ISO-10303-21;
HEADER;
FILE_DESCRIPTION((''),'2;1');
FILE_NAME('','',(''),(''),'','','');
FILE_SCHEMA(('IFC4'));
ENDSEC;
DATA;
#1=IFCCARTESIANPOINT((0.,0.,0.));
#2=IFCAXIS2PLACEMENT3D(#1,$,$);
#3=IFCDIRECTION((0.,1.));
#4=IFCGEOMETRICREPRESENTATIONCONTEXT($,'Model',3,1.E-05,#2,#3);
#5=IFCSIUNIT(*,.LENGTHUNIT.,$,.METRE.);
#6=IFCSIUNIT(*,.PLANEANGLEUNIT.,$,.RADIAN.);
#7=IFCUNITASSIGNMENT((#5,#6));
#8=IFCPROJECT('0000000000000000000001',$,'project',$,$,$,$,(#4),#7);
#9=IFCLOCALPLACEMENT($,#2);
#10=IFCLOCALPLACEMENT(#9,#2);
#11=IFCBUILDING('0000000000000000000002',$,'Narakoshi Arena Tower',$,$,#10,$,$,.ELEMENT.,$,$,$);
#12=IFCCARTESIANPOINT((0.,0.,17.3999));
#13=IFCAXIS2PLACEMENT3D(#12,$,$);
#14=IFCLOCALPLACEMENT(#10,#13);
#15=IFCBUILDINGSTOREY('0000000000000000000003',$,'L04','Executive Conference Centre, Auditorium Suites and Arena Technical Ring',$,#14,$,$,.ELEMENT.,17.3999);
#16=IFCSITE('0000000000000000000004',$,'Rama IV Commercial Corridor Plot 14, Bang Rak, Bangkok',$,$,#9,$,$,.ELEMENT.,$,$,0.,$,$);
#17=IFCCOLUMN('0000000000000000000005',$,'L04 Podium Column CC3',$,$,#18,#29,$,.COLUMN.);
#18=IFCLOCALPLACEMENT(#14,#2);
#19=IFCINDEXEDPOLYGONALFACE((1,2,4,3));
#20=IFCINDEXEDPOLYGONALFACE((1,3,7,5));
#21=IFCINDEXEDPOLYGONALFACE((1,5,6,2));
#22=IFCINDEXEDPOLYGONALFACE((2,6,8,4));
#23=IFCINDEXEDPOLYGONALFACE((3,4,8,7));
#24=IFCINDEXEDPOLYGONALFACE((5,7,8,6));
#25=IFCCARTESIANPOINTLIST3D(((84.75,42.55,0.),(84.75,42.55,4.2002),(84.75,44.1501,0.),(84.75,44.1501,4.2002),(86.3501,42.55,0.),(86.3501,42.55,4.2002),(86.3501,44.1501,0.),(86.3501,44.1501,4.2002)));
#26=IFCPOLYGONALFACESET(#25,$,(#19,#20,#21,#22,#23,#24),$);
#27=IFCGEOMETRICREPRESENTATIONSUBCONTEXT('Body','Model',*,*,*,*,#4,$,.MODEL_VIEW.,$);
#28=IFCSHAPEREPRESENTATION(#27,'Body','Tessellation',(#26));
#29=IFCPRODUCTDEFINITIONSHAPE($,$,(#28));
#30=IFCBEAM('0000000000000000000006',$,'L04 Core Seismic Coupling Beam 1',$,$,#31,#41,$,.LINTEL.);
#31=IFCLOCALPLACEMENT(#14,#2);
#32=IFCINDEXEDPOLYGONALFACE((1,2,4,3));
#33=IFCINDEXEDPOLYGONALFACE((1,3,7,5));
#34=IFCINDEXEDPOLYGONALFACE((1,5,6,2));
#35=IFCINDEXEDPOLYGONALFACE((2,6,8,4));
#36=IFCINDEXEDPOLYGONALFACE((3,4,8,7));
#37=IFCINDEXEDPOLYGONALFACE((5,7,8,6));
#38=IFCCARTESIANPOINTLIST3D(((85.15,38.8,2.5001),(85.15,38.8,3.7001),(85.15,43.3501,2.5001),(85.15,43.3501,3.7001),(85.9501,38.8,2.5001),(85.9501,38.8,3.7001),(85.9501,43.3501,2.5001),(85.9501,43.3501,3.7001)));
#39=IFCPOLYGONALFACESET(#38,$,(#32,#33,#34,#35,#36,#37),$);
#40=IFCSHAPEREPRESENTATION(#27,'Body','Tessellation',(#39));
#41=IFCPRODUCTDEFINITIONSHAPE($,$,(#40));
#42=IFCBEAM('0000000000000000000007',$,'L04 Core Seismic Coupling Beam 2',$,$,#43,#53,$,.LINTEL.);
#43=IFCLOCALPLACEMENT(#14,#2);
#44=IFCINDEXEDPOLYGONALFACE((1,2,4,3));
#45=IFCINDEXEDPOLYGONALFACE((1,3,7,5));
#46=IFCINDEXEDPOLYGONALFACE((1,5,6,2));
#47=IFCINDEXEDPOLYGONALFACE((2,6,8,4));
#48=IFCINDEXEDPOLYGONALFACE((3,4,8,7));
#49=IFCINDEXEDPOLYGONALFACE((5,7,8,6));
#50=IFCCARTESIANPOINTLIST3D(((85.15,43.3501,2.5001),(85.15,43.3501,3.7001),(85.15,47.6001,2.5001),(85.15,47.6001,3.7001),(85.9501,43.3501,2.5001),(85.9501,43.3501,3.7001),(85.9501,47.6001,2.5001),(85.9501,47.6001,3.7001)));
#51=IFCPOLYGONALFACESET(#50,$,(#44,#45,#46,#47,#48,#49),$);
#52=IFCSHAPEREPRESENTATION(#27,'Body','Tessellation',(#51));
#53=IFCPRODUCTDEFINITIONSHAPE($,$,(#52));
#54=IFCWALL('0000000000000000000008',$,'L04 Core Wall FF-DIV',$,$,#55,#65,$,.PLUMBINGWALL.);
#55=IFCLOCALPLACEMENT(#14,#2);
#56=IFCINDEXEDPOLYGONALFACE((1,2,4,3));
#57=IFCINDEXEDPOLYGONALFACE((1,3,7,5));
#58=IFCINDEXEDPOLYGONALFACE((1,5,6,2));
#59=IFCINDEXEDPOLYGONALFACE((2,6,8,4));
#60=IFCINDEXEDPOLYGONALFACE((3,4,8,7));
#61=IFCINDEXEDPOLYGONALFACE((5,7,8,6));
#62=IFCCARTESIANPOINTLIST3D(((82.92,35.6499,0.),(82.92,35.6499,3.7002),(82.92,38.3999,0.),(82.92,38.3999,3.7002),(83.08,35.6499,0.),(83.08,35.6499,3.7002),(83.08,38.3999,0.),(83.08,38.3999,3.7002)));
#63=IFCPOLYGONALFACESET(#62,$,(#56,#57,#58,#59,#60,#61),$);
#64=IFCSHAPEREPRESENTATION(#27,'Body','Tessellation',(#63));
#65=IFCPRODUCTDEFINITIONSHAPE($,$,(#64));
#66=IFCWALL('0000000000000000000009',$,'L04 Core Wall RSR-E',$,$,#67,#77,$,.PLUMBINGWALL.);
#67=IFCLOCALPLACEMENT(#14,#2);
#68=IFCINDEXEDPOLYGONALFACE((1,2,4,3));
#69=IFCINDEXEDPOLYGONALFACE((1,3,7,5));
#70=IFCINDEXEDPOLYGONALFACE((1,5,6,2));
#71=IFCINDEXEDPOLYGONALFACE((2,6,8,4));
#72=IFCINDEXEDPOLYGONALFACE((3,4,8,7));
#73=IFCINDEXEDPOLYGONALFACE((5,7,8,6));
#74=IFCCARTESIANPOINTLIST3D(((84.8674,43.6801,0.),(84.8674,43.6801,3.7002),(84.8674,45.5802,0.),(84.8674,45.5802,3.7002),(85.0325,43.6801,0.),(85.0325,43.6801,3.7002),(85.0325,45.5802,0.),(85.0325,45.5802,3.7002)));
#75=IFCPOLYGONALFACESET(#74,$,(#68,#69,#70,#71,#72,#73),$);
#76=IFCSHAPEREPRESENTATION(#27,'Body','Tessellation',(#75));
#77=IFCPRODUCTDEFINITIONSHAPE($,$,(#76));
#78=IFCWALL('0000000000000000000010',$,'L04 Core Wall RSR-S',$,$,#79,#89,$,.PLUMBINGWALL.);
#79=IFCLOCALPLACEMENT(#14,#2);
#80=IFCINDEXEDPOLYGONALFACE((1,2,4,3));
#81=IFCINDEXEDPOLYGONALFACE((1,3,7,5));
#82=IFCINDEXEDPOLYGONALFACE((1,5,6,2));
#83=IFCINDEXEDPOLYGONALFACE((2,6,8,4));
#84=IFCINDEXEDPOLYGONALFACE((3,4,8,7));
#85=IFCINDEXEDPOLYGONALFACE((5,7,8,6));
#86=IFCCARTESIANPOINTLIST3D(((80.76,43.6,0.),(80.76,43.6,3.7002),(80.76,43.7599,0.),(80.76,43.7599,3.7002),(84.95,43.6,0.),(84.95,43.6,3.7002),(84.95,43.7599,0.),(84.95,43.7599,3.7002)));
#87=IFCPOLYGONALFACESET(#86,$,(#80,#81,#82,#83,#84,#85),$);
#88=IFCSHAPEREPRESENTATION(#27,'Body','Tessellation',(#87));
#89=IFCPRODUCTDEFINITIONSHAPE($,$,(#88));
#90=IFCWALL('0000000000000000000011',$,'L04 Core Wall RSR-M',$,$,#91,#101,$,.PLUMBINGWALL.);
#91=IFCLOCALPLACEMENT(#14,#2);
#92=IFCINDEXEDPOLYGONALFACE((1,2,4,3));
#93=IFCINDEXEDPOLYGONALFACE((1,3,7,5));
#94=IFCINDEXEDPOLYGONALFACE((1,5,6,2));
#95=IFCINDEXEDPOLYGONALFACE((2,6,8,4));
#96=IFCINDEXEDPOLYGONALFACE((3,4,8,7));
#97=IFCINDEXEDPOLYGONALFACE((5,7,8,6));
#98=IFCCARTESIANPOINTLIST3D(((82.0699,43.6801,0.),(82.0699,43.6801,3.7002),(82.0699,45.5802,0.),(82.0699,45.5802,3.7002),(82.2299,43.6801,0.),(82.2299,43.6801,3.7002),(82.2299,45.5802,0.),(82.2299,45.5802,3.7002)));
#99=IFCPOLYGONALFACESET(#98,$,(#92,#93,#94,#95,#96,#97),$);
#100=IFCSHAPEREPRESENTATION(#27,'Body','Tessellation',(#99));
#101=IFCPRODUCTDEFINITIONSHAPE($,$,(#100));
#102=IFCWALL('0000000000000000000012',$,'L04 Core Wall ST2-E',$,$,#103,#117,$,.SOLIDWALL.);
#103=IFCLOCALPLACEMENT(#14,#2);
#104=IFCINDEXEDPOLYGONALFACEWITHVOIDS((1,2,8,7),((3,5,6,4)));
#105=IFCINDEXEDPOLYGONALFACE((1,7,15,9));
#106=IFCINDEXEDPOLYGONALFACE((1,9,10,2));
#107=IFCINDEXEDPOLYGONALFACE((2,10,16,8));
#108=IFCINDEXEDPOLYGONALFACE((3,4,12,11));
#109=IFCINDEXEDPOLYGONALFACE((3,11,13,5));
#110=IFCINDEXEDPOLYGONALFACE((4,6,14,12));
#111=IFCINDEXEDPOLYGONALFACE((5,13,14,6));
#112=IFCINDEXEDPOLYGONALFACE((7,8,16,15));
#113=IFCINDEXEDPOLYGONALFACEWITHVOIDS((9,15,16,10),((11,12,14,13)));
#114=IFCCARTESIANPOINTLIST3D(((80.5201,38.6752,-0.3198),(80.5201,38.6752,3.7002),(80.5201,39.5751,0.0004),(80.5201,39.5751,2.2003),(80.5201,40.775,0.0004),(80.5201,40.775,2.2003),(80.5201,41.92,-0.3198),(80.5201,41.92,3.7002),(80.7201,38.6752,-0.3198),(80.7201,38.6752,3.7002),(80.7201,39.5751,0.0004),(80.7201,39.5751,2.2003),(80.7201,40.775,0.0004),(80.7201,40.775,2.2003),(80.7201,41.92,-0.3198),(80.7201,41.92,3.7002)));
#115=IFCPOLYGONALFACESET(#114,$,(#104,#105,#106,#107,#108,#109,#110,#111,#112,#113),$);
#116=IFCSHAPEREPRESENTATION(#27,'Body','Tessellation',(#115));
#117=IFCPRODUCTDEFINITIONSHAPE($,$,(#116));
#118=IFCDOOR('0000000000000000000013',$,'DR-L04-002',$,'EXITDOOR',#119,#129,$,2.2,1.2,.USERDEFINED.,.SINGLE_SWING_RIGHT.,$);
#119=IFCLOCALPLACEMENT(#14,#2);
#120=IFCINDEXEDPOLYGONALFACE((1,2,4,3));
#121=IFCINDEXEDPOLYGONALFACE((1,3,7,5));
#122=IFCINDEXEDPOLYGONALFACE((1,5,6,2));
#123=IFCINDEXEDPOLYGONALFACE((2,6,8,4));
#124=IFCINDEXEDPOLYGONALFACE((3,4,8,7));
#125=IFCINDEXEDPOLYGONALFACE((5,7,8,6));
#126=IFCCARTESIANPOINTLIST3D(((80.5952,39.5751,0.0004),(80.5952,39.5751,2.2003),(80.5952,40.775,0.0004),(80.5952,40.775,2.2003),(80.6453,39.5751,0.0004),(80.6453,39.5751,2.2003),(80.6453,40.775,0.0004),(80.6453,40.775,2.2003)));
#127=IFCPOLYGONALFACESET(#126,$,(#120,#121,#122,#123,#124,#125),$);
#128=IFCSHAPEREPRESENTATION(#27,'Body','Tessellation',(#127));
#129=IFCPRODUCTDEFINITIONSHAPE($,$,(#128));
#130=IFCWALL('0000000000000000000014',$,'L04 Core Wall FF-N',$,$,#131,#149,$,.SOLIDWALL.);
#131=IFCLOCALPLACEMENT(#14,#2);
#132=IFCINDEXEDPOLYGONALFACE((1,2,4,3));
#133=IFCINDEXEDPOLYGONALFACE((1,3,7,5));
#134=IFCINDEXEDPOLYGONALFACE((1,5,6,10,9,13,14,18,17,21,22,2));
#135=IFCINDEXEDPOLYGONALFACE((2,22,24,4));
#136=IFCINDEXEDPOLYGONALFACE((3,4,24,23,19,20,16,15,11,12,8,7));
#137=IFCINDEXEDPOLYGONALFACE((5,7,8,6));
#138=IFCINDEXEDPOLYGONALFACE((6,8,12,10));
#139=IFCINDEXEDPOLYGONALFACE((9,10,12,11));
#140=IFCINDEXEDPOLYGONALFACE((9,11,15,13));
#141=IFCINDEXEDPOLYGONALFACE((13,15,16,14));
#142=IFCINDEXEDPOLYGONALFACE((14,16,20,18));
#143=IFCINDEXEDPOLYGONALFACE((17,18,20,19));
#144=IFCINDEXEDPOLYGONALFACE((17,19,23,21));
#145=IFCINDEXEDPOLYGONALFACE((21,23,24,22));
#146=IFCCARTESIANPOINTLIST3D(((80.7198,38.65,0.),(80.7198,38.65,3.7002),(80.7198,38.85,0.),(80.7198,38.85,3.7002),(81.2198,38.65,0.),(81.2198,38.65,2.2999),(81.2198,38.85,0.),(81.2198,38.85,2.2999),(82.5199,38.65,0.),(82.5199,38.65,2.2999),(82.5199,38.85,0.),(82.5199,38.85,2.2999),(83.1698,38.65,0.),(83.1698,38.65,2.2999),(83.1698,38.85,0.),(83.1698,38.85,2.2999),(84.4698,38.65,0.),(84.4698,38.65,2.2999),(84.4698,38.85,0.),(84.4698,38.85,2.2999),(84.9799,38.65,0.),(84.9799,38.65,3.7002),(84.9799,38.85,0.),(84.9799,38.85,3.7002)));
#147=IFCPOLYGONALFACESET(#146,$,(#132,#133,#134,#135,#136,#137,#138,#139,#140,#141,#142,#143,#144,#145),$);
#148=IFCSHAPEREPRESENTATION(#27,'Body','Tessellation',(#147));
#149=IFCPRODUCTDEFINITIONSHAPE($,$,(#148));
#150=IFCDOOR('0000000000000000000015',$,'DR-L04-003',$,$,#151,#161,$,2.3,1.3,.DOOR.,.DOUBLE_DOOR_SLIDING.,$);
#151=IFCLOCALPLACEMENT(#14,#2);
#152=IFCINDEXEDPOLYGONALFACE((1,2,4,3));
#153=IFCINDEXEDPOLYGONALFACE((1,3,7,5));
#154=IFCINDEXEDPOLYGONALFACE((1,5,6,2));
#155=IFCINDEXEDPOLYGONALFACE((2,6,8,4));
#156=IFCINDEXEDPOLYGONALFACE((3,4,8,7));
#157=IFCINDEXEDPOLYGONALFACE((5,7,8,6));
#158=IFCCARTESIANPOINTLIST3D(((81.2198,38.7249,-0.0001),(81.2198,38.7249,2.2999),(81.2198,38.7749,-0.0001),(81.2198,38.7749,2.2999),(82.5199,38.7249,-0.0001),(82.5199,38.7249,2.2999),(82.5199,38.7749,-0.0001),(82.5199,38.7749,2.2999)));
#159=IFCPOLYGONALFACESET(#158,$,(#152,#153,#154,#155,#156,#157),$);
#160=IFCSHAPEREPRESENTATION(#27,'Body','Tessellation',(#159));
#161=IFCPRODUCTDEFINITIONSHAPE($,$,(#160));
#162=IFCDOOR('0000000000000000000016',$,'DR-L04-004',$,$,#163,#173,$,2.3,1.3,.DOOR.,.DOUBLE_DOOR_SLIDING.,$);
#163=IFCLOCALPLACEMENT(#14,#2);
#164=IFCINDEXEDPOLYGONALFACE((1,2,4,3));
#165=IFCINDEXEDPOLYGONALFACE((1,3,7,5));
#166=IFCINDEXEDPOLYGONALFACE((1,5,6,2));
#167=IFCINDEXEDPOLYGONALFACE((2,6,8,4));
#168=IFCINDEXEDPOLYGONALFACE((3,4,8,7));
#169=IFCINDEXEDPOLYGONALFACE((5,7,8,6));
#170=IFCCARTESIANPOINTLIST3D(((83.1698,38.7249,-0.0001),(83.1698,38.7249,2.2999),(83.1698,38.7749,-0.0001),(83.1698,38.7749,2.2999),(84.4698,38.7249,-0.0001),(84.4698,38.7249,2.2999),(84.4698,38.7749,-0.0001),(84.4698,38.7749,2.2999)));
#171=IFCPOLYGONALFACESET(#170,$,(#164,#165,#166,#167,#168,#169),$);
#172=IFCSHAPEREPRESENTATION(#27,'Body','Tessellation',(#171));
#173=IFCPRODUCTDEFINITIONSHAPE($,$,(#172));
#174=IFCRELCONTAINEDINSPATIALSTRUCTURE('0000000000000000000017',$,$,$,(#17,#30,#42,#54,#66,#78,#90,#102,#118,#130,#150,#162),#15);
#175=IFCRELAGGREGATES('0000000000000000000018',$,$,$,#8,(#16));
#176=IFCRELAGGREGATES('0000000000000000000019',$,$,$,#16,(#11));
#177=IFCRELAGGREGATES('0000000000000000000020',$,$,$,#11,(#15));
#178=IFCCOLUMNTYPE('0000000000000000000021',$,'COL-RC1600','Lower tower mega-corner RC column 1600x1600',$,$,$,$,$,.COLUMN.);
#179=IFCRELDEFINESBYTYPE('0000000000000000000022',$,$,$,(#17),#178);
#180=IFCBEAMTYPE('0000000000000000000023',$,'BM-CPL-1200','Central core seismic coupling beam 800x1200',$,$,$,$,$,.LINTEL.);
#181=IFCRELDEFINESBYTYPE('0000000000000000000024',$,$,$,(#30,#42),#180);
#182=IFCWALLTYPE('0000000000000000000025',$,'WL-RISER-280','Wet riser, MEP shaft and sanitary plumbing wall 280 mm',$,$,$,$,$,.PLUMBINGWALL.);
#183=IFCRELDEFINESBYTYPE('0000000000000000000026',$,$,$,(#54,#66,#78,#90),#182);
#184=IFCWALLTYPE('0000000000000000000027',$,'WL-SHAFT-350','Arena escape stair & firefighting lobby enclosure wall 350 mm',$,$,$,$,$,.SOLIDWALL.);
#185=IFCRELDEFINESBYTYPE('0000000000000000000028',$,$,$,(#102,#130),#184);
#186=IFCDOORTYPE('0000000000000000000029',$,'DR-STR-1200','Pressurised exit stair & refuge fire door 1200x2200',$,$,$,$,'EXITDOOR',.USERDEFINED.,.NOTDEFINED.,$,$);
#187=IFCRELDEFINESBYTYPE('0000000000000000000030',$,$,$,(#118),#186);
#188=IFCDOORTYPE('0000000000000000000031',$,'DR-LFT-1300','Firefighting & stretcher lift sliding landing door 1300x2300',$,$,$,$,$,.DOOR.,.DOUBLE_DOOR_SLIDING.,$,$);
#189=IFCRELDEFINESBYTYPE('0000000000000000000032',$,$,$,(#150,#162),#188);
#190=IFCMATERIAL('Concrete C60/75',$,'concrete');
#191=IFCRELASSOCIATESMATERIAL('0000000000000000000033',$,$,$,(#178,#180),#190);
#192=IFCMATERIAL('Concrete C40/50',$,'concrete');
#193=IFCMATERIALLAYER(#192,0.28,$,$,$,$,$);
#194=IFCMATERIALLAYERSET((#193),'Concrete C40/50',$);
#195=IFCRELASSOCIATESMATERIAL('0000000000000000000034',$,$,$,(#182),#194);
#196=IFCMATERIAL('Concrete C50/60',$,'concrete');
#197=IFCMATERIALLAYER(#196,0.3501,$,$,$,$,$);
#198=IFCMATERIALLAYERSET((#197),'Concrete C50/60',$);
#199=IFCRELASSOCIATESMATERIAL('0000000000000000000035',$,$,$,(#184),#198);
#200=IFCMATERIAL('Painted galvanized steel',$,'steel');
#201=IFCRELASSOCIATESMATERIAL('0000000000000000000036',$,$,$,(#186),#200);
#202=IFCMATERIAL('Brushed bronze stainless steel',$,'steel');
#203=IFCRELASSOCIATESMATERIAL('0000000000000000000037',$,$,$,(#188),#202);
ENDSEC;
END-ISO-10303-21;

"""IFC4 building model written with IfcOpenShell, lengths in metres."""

from ifc_helpers import new_model, si_unit, direction, frame, frame_2d, origin, origin_2d, place, context, subcontext, project, spatial, rectangle, extrude, material, layer, layer_set, material_profile, profile_set, type_object, element, fill, save


model = new_model("IFC4")

# Units and contexts
model_context = context("Model", 3, precision=1e-05, world=origin(), true_north=direction((0.0, 1.0)))
body_context = subcontext(model_context, "Body", "Model", "MODEL_VIEW")
ifc_project = project(units=[si_unit("LENGTHUNIT", "METRE"), si_unit("PLANEANGLEUNIT", "RADIAN")], contexts=[model_context])

# Site, building, storey
site_placement = place(None, origin())
site = spatial("IfcSite", under=ifc_project, at=site_placement, Name="Rama IV Commercial Corridor Plot 14, Bang Rak, Bangkok", CompositionType="ELEMENT", RefElevation=0.0)
building_placement = place(site_placement, origin())
building = spatial("IfcBuilding", under=site, at=building_placement, Name="Narakoshi Arena Tower", CompositionType="ELEMENT")
storey_placement = place(building_placement, frame((0.0, 0.0, 17.3999)))
storey = spatial("IfcBuildingStorey", under=building, at=storey_placement, Name="L04", Description="Executive Conference Centre, Auditorium Suites and Arena Technical Ring", CompositionType="ELEMENT", Elevation=17.3999)

# Column
ifc_material_1 = material(Name="Concrete C60/75", Category="concrete")
ifc_material_profile_1 = material_profile(ifc_material_1, rectangle(XDim=1.6001, YDim=1.6001, at=origin_2d()), Name="RC1600x1600")
ifc_profile_set_1 = profile_set([ifc_material_profile_1], Name="Concrete C60/75")
column_type = type_object("IfcColumnType", Name="COL-RC1600", Description="Lower tower mega-corner RC column 1600x1600", PredefinedType="COLUMN", material=ifc_profile_set_1)
column_placement = place(storey_placement, frame((85.55, 43.3501, 0.0), z_axis=(0.0, 0.0, 1.0), x_axis=(1.0, 0.0, 0.0)))
element("IfcColumn", 1, at=column_placement, inside=storey, type_object=column_type, Name="L04 Podium Column CC3", PredefinedType="COLUMN", context=body_context, shape_type="SweptSolid", body=[
    extrude(rectangle(XDim=1.6001, YDim=1.6001, at=origin_2d()), origin(), (0.0, 0.0, 1.0), 4.2002),
])

# Beams
ifc_material_profile_2 = material_profile(ifc_material_1, rectangle(XDim=0.8, YDim=1.2, at=origin_2d()), Name="RCB800x1200")
ifc_profile_set_2 = profile_set([ifc_material_profile_2], Name="Concrete C60/75")
beam_type = type_object("IfcBeamType", Name="BM-CPL-1200", Description="Central core seismic coupling beam 800x1200", PredefinedType="LINTEL", material=ifc_profile_set_2)
beam_1_placement = place(storey_placement, frame((85.55, 38.8, 3.1001), z_axis=(0.0, 1.0, 0.0), x_axis=(-1.0, 0.0, 0.0)))
element("IfcBeam", 2, at=beam_1_placement, inside=storey, type_object=beam_type, Name="L04 Core Seismic Coupling Beam 1", PredefinedType="LINTEL", context=body_context, shape_type="SweptSolid", body=[
    extrude(rectangle(XDim=0.8, YDim=1.2, at=origin_2d()), origin(), (0.0, 0.0, 1.0), 4.55),
])
beam_2_placement = place(storey_placement, frame((85.55, 43.3501, 3.1001), z_axis=(0.0, 1.0, 0.0), x_axis=(-1.0, 0.0, 0.0)))
element("IfcBeam", 3, at=beam_2_placement, inside=storey, type_object=beam_type, Name="L04 Core Seismic Coupling Beam 2", PredefinedType="LINTEL", context=body_context, shape_type="SweptSolid", body=[
    extrude(rectangle(XDim=0.8, YDim=1.2, at=origin_2d()), origin(), (0.0, 0.0, 1.0), 4.25),
])

# Walls
ifc_material_2 = material(Name="Concrete C40/50", Category="concrete")
ifc_layer_1 = layer(ifc_material_2, 0.28)
ifc_layer_set_1 = layer_set([ifc_layer_1], Name="Concrete C40/50")
wall_type_1 = type_object("IfcWallType", Name="WL-RISER-280", Description="Wet riser, MEP shaft and sanitary plumbing wall 280 mm", PredefinedType="PLUMBINGWALL", material=ifc_layer_set_1)
wall_1_placement = place(storey_placement, frame((83.0, 35.6499, 0.0), z_axis=(0.0, 0.0, 1.0), x_axis=(0.0, 1.0, 0.0)))
element("IfcWall", 4, at=wall_1_placement, inside=storey, type_object=wall_type_1, Name="L04 Core Wall FF-DIV", PredefinedType="PLUMBINGWALL", context=body_context, shape_type="SweptSolid", body=[
    extrude(rectangle(XDim=2.75, YDim=0.1599, at=frame_2d((1.375, 0.0))), origin(), (0.0, 0.0, 1.0), 3.7002),
])
wall_2_placement = place(storey_placement, frame((84.95, 43.6799, 0.0), z_axis=(0.0, 0.0, 1.0), x_axis=(0.0, 1.0, 0.0)))
element("IfcWall", 5, at=wall_2_placement, inside=storey, type_object=wall_type_1, Name="L04 Core Wall RSR-E", PredefinedType="PLUMBINGWALL", context=body_context, shape_type="SweptSolid", body=[
    extrude(rectangle(XDim=1.9001, YDim=0.165, at=frame_2d((0.9502, 0.0))), origin(), (0.0, 0.0, 1.0), 3.7002),
])
wall_3_placement = place(storey_placement, frame((80.76, 43.6799, 0.0), z_axis=(0.0, 0.0, 1.0), x_axis=(1.0, 0.0, 0.0)))
element("IfcWall", 6, at=wall_3_placement, inside=storey, type_object=wall_type_1, Name="L04 Core Wall RSR-S", PredefinedType="PLUMBINGWALL", context=body_context, shape_type="SweptSolid", body=[
    extrude(rectangle(XDim=4.1899, YDim=0.1599, at=frame_2d((2.095, 0.0))), origin(), (0.0, 0.0, 1.0), 3.7002),
])
wall_4_placement = place(storey_placement, frame((82.1499, 43.6799, 0.0), z_axis=(0.0, 0.0, 1.0), x_axis=(0.0, 1.0, 0.0)))
element("IfcWall", 7, at=wall_4_placement, inside=storey, type_object=wall_type_1, Name="L04 Core Wall RSR-M", PredefinedType="PLUMBINGWALL", context=body_context, shape_type="SweptSolid", body=[
    extrude(rectangle(XDim=1.9001, YDim=0.1599, at=frame_2d((0.9502, 0.0))), origin(), (0.0, 0.0, 1.0), 3.7002),
])

# Wall, opening, door
ifc_material_3 = material(Name="Concrete C50/60", Category="concrete")
ifc_layer_2 = layer(ifc_material_3, 0.3501)
ifc_layer_set_2 = layer_set([ifc_layer_2], Name="Concrete C50/60")
wall_type_2 = type_object("IfcWallType", Name="WL-SHAFT-350", Description="Arena escape stair & firefighting lobby enclosure wall 350 mm", PredefinedType="SOLIDWALL", material=ifc_layer_set_2)
wall_5_placement = place(storey_placement, frame((80.6201, 38.675, -0.3198), z_axis=(0.0, 0.0, 1.0), x_axis=(0.0, 1.0, 0.0)))
wall_5 = element("IfcWall", 8, at=wall_5_placement, inside=storey, type_object=wall_type_2, Name="L04 Core Wall ST2-E", PredefinedType="SOLIDWALL", context=body_context, shape_type="SweptSolid", body=[
    extrude(rectangle(XDim=3.2449, YDim=0.2, at=frame_2d((1.6226, 0.0))), origin(), (0.0, 0.0, 1.0), 4.02),
])
opening_1_placement = place(wall_5_placement, frame((0.8999, 0.0, 0.3201)))
opening_1 = element("IfcOpeningElement", 9, at=opening_1_placement, cuts=wall_5, PredefinedType="OPENING", context=body_context, shape_type="SweptSolid", body=[
    extrude(rectangle(XDim=1.2, YDim=2.2, at=frame_2d((0.6001, 1.1001))), frame((0.0, 0.1099, 0.0), z_axis=(0.0, -1.0, 0.0), x_axis=(1.0, 0.0, 0.0)), (0.0, 0.0, 1.0), 0.22),
])
ifc_material_4 = material(Name="Painted galvanized steel", Category="steel")
door_type_1 = type_object("IfcDoorType", Name="DR-STR-1200", Description="Pressurised exit stair & refuge fire door 1200x2200", ElementType="EXITDOOR", OperationType="NOTDEFINED", PredefinedType="USERDEFINED", material=ifc_material_4)
door_1_placement = place(opening_1_placement, origin())
door_1 = element("IfcDoor", 10, at=door_1_placement, inside=storey, type_object=door_type_1, Name="DR-L04-002", ObjectType="EXITDOOR", OperationType="SINGLE_SWING_RIGHT", OverallHeight=2.2, OverallWidth=1.2, PredefinedType="USERDEFINED", context=body_context, shape_type="SweptSolid", body=[
    extrude(rectangle(XDim=1.2, YDim=2.2, at=frame_2d((0.6001, 1.1001))), frame((0.0, 0.0249, 0.0), z_axis=(0.0, -1.0, 0.0), x_axis=(1.0, 0.0, 0.0)), (0.0, 0.0, 1.0), 0.05),
])
fill(opening_1, door_1)

# Wall, openings, doors
wall_6_placement = place(storey_placement, frame((80.72, 38.75, 0.0), z_axis=(0.0, 0.0, 1.0), x_axis=(1.0, 0.0, 0.0)))
wall_6 = element("IfcWall", 11, at=wall_6_placement, inside=storey, type_object=wall_type_2, Name="L04 Core Wall FF-N", PredefinedType="SOLIDWALL", context=body_context, shape_type="SweptSolid", body=[
    extrude(rectangle(XDim=4.26, YDim=0.2, at=frame_2d((2.1299, 0.0))), origin(), (0.0, 0.0, 1.0), 3.7002),
])
opening_2_placement = place(wall_6_placement, frame((0.5, 0.0, 0.0)))
opening_2 = element("IfcOpeningElement", 12, at=opening_2_placement, cuts=wall_6, PredefinedType="OPENING", context=body_context, shape_type="SweptSolid", body=[
    extrude(rectangle(XDim=1.3, YDim=2.3, at=frame_2d((0.6499, 1.1499))), frame((0.0, 0.1099, 0.0), z_axis=(0.0, -1.0, 0.0), x_axis=(1.0, 0.0, 0.0)), (0.0, 0.0, 1.0), 0.22),
])
opening_3_placement = place(wall_6_placement, frame((2.45, 0.0, 0.0)))
opening_3 = element("IfcOpeningElement", 13, at=opening_3_placement, cuts=wall_6, PredefinedType="OPENING", context=body_context, shape_type="SweptSolid", body=[
    extrude(rectangle(XDim=1.3, YDim=2.3, at=frame_2d((0.6499, 1.1499))), frame((0.0, 0.1099, 0.0), z_axis=(0.0, -1.0, 0.0), x_axis=(1.0, 0.0, 0.0)), (0.0, 0.0, 1.0), 0.22),
])
ifc_material_5 = material(Name="Brushed bronze stainless steel", Category="steel")
door_type_2 = type_object("IfcDoorType", Name="DR-LFT-1300", Description="Firefighting & stretcher lift sliding landing door 1300x2300", OperationType="DOUBLE_DOOR_SLIDING", PredefinedType="DOOR", material=ifc_material_5)
door_2_placement = place(opening_2_placement, origin())
door_2 = element("IfcDoor", 14, at=door_2_placement, inside=storey, type_object=door_type_2, Name="DR-L04-003", OperationType="DOUBLE_DOOR_SLIDING", OverallHeight=2.3, OverallWidth=1.3, PredefinedType="DOOR", context=body_context, shape_type="SweptSolid", body=[
    extrude(rectangle(XDim=1.3, YDim=2.3, at=frame_2d((0.6499, 1.1499))), frame((0.0, 0.0249, 0.0), z_axis=(0.0, -1.0, 0.0), x_axis=(1.0, 0.0, 0.0)), (0.0, 0.0, 1.0), 0.05),
])
fill(opening_2, door_2)
door_3_placement = place(opening_3_placement, origin())
door_3 = element("IfcDoor", 15, at=door_3_placement, inside=storey, type_object=door_type_2, Name="DR-L04-004", OperationType="DOUBLE_DOOR_SLIDING", OverallHeight=2.3, OverallWidth=1.3, PredefinedType="DOOR", context=body_context, shape_type="SweptSolid", body=[
    extrude(rectangle(XDim=1.3, YDim=2.3, at=frame_2d((0.6499, 1.1499))), frame((0.0, 0.0249, 0.0), z_axis=(0.0, -1.0, 0.0), x_axis=(1.0, 0.0, 0.0)), (0.0, 0.0, 1.0), 0.05),
])
fill(opening_3, door_3)

save(model, "model.ifc")
